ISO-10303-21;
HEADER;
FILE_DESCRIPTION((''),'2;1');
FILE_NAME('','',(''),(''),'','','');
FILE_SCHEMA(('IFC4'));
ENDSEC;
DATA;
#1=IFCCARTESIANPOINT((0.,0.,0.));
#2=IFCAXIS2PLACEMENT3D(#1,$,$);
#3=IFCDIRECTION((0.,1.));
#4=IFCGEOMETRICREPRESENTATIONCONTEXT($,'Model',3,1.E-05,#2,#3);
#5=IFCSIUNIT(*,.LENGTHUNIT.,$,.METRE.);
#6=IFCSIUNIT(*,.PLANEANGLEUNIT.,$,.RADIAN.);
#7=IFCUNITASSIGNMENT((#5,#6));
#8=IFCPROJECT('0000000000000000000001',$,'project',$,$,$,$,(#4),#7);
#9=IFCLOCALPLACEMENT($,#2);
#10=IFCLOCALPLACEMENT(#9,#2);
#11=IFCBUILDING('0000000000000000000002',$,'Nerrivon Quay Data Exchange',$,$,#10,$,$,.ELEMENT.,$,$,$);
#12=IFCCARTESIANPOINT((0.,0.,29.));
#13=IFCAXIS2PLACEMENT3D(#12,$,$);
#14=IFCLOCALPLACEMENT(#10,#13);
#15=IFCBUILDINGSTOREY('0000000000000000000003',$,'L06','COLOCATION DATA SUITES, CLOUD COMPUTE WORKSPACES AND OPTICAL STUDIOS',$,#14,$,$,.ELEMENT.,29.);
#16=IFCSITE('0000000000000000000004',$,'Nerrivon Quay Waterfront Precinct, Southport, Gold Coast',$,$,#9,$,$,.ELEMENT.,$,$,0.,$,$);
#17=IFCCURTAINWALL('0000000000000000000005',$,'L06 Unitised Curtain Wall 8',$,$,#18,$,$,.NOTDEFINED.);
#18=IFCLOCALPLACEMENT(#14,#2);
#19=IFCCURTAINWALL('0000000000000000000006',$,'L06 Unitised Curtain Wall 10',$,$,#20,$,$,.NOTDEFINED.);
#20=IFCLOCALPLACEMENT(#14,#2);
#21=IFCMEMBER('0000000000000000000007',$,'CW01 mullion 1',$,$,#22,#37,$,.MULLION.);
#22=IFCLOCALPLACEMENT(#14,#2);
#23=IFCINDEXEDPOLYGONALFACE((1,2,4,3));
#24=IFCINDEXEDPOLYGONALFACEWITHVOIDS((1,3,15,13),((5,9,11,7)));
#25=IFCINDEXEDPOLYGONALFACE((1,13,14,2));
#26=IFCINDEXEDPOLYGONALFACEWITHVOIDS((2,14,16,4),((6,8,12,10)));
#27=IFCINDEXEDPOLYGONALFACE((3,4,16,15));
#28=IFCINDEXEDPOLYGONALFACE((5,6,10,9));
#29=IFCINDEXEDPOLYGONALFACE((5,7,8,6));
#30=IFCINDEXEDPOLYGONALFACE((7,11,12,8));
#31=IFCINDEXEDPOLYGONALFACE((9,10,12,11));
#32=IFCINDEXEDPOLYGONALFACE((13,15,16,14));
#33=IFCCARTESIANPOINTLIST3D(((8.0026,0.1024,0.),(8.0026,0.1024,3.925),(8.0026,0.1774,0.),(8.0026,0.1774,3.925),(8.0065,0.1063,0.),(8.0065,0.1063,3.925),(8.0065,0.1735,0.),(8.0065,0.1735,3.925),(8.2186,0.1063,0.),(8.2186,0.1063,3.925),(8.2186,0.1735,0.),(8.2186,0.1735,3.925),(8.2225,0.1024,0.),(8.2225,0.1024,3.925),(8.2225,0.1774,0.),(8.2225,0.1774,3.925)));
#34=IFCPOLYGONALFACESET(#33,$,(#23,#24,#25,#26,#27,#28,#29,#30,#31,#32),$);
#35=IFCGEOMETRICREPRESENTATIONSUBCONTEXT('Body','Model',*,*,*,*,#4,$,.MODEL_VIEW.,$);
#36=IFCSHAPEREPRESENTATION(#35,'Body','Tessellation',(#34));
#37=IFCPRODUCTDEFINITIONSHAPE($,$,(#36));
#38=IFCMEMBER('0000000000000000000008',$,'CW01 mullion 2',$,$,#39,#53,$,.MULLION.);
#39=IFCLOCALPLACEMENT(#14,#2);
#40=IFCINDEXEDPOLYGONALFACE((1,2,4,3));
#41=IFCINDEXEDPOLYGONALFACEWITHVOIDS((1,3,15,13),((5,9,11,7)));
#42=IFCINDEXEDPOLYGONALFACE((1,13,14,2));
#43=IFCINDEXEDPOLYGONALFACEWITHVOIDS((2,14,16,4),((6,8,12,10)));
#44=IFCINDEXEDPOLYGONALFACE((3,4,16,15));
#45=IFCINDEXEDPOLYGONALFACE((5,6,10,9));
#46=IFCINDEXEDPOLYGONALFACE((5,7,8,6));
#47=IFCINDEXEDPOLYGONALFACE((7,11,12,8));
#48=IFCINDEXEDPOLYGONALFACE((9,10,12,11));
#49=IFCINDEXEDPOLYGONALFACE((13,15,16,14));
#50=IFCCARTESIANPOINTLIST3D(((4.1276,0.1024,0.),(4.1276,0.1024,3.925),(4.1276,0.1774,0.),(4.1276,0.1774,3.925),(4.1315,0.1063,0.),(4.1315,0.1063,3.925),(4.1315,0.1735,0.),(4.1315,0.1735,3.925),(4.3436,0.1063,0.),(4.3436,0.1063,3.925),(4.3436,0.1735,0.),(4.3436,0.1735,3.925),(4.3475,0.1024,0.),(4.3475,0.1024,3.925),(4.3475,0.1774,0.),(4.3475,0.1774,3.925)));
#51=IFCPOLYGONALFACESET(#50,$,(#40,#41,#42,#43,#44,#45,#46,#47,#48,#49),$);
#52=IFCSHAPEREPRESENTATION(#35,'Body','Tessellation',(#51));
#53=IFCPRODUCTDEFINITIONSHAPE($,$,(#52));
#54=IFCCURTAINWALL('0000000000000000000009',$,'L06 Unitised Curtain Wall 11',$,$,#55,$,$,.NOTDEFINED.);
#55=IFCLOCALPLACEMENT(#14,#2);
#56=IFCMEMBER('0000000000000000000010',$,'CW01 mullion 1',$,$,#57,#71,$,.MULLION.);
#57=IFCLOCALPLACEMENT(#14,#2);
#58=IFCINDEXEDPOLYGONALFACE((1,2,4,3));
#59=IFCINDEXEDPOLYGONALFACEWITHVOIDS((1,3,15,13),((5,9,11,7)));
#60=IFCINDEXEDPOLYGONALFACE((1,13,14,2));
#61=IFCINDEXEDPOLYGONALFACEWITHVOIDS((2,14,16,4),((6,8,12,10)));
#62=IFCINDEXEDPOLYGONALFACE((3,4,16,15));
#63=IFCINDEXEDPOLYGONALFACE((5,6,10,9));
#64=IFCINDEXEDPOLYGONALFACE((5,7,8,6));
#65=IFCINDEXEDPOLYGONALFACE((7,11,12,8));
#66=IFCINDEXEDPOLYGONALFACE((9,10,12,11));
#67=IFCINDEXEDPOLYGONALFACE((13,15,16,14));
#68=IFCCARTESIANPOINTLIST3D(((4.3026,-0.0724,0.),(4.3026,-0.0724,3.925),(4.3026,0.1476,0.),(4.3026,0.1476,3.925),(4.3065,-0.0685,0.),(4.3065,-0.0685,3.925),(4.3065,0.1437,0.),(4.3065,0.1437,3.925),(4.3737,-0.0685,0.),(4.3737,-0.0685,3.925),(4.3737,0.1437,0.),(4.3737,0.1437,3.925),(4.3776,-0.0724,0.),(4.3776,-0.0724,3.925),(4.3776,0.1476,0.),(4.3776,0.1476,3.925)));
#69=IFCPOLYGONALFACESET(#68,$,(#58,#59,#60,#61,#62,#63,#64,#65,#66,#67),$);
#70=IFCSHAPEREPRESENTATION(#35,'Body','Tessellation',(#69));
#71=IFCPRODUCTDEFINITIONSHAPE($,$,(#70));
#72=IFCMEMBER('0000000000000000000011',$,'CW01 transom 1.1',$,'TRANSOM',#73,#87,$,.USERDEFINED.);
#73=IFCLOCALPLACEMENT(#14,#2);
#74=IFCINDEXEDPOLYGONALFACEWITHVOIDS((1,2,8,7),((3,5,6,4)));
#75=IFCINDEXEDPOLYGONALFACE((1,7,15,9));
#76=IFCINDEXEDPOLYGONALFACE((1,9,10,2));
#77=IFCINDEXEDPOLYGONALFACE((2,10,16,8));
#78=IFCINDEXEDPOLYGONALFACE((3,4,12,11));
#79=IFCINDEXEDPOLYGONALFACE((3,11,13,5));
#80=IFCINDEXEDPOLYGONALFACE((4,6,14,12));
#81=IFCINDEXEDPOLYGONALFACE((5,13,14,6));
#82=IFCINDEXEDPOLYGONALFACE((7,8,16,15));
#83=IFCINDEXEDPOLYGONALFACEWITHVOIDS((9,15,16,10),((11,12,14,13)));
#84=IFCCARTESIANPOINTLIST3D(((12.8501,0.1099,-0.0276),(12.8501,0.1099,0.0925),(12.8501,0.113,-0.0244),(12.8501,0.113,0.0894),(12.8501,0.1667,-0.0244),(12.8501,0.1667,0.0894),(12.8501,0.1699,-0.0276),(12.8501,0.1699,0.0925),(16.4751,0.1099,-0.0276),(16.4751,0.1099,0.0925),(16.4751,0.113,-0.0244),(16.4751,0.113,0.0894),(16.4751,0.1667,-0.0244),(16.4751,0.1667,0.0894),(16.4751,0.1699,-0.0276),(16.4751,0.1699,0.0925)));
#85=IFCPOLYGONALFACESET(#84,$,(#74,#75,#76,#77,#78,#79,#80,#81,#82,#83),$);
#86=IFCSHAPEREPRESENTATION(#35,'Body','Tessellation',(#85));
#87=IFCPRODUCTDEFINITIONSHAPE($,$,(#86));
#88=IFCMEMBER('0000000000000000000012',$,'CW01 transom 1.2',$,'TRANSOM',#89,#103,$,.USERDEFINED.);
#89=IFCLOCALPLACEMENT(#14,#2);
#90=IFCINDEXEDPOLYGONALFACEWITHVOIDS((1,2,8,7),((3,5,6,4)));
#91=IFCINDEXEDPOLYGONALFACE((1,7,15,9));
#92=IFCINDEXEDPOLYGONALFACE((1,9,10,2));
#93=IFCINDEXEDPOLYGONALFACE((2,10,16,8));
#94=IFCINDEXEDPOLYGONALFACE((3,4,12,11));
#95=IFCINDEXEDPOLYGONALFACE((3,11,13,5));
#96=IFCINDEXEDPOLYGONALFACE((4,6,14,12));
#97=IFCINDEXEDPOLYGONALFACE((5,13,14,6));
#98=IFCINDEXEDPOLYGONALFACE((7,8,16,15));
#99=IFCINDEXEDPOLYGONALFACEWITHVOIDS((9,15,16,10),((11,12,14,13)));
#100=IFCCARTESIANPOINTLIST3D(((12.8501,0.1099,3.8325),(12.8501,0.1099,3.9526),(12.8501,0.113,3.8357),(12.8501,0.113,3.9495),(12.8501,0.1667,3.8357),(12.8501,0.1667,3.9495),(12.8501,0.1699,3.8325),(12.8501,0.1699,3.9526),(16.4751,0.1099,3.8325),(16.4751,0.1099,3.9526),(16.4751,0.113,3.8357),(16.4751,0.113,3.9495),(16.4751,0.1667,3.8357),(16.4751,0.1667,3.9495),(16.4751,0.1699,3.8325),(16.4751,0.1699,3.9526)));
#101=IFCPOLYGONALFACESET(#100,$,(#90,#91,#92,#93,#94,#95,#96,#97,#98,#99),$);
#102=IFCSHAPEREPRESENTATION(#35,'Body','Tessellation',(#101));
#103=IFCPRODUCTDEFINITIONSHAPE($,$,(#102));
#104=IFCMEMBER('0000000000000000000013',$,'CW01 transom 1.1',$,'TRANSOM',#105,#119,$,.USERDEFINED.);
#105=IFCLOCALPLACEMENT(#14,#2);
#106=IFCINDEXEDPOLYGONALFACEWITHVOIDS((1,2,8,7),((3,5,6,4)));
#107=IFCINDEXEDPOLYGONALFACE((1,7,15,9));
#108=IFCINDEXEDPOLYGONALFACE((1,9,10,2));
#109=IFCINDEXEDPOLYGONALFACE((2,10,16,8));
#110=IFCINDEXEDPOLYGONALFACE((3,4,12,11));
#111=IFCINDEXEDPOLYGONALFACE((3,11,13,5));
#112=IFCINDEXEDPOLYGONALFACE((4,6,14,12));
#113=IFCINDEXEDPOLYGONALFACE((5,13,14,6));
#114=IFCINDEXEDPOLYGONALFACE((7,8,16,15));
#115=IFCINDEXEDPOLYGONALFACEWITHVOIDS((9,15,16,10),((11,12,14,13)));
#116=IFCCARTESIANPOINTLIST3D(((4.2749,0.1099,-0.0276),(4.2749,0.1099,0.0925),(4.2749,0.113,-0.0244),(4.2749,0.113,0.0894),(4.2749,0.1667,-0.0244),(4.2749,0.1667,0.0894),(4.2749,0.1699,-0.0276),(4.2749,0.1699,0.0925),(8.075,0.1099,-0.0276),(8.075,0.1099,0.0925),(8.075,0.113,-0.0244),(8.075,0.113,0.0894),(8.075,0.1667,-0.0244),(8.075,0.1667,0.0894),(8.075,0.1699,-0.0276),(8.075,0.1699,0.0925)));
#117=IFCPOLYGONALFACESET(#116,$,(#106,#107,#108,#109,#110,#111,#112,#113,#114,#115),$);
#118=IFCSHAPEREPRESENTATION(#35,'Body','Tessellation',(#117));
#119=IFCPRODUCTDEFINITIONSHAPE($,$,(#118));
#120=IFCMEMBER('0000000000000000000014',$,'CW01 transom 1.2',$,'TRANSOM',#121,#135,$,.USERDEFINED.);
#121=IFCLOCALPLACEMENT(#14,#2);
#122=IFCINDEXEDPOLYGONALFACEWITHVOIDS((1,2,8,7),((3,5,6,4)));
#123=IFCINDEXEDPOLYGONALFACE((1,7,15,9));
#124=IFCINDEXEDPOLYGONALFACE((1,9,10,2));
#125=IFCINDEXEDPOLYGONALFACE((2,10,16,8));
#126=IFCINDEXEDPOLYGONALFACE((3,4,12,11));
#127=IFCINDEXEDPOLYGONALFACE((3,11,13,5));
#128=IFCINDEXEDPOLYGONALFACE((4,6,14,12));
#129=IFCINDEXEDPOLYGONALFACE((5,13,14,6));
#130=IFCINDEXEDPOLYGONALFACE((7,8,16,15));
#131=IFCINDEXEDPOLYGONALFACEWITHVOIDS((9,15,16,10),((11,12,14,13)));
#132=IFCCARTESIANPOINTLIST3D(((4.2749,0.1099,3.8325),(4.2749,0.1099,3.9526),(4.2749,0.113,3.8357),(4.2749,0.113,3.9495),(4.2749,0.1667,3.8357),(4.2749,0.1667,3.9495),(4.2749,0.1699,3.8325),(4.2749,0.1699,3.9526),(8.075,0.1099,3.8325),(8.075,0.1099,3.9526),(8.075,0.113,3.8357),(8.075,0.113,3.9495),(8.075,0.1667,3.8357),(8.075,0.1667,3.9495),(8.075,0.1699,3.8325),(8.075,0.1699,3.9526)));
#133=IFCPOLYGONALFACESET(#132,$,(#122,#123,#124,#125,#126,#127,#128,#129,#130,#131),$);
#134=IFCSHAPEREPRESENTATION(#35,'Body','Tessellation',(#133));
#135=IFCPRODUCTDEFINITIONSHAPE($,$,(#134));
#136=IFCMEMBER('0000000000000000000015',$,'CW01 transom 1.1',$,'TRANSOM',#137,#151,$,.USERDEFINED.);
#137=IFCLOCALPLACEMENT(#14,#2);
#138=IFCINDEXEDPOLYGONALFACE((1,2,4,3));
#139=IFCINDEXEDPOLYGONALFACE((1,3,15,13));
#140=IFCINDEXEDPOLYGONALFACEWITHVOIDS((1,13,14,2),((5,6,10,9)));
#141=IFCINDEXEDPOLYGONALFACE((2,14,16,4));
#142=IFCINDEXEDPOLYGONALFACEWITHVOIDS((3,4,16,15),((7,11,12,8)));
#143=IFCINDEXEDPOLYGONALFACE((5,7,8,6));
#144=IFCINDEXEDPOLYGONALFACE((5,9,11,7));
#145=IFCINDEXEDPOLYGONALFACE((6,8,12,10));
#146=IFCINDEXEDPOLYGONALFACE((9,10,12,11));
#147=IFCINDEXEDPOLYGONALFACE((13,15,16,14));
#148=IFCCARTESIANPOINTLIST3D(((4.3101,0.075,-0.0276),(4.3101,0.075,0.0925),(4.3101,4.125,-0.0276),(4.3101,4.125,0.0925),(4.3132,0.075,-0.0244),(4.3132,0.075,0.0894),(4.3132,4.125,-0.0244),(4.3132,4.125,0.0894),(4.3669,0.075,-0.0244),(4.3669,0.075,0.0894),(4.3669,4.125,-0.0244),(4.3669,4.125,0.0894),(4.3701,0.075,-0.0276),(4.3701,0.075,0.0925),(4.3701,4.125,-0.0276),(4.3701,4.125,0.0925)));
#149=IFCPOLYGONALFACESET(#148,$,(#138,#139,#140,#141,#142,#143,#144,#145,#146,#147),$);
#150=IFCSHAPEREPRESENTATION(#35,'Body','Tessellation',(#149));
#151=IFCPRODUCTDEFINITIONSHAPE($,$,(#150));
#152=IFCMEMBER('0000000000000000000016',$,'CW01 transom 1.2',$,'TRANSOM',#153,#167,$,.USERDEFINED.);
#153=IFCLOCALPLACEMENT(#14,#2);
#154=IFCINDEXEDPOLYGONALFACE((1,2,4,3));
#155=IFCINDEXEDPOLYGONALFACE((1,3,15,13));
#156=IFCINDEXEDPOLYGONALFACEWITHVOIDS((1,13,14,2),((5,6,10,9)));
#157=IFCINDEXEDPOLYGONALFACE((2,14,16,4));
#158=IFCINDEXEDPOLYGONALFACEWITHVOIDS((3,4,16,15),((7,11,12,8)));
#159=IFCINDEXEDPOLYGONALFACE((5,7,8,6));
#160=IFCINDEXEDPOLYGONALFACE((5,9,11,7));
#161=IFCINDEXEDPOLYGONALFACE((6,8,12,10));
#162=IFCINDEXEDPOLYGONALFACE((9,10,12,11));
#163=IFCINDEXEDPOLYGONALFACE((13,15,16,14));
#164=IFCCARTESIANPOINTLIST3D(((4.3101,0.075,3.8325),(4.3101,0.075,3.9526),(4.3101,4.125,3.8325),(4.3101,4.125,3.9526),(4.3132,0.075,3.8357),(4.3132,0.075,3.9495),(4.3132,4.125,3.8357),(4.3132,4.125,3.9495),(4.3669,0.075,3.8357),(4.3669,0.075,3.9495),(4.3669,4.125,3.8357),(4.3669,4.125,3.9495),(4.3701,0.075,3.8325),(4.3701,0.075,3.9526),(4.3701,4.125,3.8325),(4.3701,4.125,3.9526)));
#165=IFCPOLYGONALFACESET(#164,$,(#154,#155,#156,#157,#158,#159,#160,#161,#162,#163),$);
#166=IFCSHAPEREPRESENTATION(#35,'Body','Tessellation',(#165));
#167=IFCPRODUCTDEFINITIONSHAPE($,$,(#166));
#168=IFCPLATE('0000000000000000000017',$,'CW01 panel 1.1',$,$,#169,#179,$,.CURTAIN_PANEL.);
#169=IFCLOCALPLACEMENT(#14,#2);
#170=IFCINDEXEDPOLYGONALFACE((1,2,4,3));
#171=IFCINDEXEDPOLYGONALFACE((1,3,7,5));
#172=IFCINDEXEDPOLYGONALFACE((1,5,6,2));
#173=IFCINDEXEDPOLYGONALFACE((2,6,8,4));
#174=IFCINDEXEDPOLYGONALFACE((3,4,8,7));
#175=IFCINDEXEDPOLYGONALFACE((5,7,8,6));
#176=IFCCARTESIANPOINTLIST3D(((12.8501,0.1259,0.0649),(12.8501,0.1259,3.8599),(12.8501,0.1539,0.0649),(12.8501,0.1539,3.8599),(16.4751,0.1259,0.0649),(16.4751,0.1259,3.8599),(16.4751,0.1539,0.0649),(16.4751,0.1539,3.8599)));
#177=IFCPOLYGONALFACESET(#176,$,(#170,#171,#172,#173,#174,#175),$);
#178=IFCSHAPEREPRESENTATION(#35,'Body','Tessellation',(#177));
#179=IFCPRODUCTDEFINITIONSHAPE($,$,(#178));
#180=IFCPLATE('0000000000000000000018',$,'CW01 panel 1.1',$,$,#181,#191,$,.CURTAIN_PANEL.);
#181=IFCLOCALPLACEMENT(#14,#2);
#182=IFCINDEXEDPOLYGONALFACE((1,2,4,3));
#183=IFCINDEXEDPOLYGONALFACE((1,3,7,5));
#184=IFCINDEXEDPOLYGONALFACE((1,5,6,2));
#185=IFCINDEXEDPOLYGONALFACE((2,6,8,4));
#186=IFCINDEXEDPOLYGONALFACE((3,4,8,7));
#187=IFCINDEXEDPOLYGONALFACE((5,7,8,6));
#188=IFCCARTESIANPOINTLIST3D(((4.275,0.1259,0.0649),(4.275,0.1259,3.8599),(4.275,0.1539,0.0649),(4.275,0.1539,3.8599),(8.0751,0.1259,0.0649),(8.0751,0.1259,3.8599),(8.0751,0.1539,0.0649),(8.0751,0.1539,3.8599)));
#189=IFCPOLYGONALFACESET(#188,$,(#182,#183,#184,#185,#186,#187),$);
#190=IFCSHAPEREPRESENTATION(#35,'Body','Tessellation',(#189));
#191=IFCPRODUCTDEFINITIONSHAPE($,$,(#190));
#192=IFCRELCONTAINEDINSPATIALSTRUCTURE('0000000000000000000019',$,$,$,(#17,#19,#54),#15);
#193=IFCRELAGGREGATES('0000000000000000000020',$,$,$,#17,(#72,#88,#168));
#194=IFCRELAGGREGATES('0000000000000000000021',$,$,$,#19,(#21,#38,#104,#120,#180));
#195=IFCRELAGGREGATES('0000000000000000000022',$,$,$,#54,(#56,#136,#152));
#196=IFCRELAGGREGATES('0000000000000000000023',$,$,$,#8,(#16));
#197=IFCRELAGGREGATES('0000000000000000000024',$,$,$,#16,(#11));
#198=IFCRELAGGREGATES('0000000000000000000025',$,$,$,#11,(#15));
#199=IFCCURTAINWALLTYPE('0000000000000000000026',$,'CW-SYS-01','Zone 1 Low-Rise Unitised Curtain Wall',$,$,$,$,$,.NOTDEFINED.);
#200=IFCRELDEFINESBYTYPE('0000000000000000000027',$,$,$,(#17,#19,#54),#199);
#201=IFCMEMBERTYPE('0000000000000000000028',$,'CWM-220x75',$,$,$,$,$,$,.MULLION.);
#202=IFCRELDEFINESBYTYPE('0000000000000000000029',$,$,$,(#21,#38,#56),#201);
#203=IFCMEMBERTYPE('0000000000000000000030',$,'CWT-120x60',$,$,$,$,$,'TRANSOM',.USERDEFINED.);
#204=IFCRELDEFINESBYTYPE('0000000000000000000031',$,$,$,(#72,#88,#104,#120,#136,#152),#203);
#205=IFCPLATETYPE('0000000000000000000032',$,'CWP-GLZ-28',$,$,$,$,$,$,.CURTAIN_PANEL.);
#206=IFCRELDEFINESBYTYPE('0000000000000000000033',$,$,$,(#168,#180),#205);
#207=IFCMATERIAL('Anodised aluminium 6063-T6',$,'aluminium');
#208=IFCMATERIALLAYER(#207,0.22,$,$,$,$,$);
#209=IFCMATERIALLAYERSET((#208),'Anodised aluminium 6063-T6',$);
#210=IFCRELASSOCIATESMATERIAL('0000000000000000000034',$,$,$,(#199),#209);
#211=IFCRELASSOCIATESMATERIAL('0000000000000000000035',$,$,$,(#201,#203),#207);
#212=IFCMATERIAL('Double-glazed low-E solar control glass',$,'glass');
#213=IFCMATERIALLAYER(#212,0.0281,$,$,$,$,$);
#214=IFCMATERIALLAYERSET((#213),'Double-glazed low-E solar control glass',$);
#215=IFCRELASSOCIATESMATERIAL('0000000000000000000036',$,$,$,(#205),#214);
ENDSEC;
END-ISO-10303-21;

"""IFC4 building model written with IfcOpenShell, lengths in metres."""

from ifc_helpers import new_model, si_unit, direction, frame, origin, origin_2d, place, context, subcontext, project, spatial, rectangle, hollow_rectangle, extrude, material, layer, layer_set, material_profile, profile_set, type_object, element, aggregate, save


model = new_model("IFC4")

# Units and contexts
model_context = context("Model", 3, precision=1e-05, world=origin(), true_north=direction((0.0, 1.0)))
body_context = subcontext(model_context, "Body", "Model", "MODEL_VIEW")
ifc_project = project(units=[si_unit("LENGTHUNIT", "METRE"), si_unit("PLANEANGLEUNIT", "RADIAN")], contexts=[model_context])

# Site, building, storey
site_placement = place(None, origin())
site = spatial("IfcSite", under=ifc_project, at=site_placement, Name="Nerrivon Quay Waterfront Precinct, Southport, Gold Coast", CompositionType="ELEMENT", RefElevation=0.0)
building_placement = place(site_placement, origin())
building = spatial("IfcBuilding", under=site, at=building_placement, Name="Nerrivon Quay Data Exchange", CompositionType="ELEMENT")
storey_placement = place(building_placement, frame((0.0, 0.0, 29.0)))
storey = spatial("IfcBuildingStorey", under=building, at=storey_placement, Name="L06", Description="COLOCATION DATA SUITES, CLOUD COMPUTE WORKSPACES AND OPTICAL STUDIOS", CompositionType="ELEMENT", Elevation=29.0)

# Curtain walls, members
ifc_material_1 = material(Name="Anodised aluminium 6063-T6", Category="aluminium")
ifc_layer_1 = layer(ifc_material_1, 0.22)
ifc_layer_set_1 = layer_set([ifc_layer_1], Name="Anodised aluminium 6063-T6")
curtain_wall_type = type_object("IfcCurtainWallType", Name="CW-SYS-01", Description="Zone 1 Low-Rise Unitised Curtain Wall", PredefinedType="NOTDEFINED", material=ifc_layer_set_1)
curtain_wall_1_placement = place(storey_placement, origin())
curtain_wall_1 = element("IfcCurtainWall", 1, at=curtain_wall_1_placement, inside=storey, type_object=curtain_wall_type, Name="L06 Unitised Curtain Wall 8", PredefinedType="NOTDEFINED")
ifc_material_profile_1 = material_profile(ifc_material_1, hollow_rectangle(XDim=0.075, YDim=0.22, WallThickness=0.0039, at=origin_2d()), Name="ALU-MULL-220x75")
ifc_profile_set_1 = profile_set([ifc_material_profile_1], Name="Anodised aluminium 6063-T6")
member_type_1 = type_object("IfcMemberType", Name="CWM-220x75", PredefinedType="MULLION", material=ifc_profile_set_1)
curtain_wall_2_placement = place(storey_placement, origin())
curtain_wall_2 = element("IfcCurtainWall", 2, at=curtain_wall_2_placement, inside=storey, type_object=curtain_wall_type, Name="L06 Unitised Curtain Wall 10", PredefinedType="NOTDEFINED")
member_1_placement = place(storey_placement, frame((8.1125, 0.1399, 0.0), z_axis=(0.0, 0.0, 1.0), x_axis=(0.0, -1.0, 0.0)))
member_1 = element("IfcMember", 3, at=member_1_placement, type_object=member_type_1, Name="CW01 mullion 1", PredefinedType="MULLION", context=body_context, shape_type="SweptSolid", body=[
    extrude(hollow_rectangle(XDim=0.075, YDim=0.22, WallThickness=0.0039, at=origin_2d()), origin(), (0.0, 0.0, 1.0), 3.925),
])
member_2_placement = place(storey_placement, frame((4.2375, 0.1399, 0.0), z_axis=(0.0, 0.0, 1.0), x_axis=(0.0, -1.0, 0.0)))
member_2 = element("IfcMember", 4, at=member_2_placement, type_object=member_type_1, Name="CW01 mullion 2", PredefinedType="MULLION", context=body_context, shape_type="SweptSolid", body=[
    extrude(hollow_rectangle(XDim=0.075, YDim=0.22, WallThickness=0.0039, at=origin_2d()), origin(), (0.0, 0.0, 1.0), 3.925),
])

# Curtain wall, member
curtain_wall_3_placement = place(storey_placement, origin())
curtain_wall_3 = element("IfcCurtainWall", 5, at=curtain_wall_3_placement, inside=storey, type_object=curtain_wall_type, Name="L06 Unitised Curtain Wall 11", PredefinedType="NOTDEFINED")
member_3_placement = place(storey_placement, frame((4.3401, 0.0376, 0.0), z_axis=(0.0, 0.0, 1.0), x_axis=(-1.0, 0.0, 0.0)))
member_3 = element("IfcMember", 6, at=member_3_placement, type_object=member_type_1, Name="CW01 mullion 1", PredefinedType="MULLION", context=body_context, shape_type="SweptSolid", body=[
    extrude(hollow_rectangle(XDim=0.075, YDim=0.22, WallThickness=0.0039, at=origin_2d()), origin(), (0.0, 0.0, 1.0), 3.925),
])

# Members
ifc_material_profile_2 = material_profile(ifc_material_1, hollow_rectangle(XDim=0.0601, YDim=0.1201, WallThickness=0.0032, at=origin_2d()), Name="ALU-TRAN-120x60")
ifc_profile_set_2 = profile_set([ifc_material_profile_2], Name="Anodised aluminium 6063-T6")
member_type_2 = type_object("IfcMemberType", Name="CWT-120x60", ElementType="TRANSOM", PredefinedType="USERDEFINED", material=ifc_profile_set_2)
member_4_placement = place(storey_placement, frame((16.4751, 0.1399, 0.0325), z_axis=(-1.0, 0.0, 0.0), x_axis=(0.0, -1.0, 0.0)))
member_4 = element("IfcMember", 7, at=member_4_placement, type_object=member_type_2, Name="CW01 transom 1.1", ObjectType="TRANSOM", PredefinedType="USERDEFINED", context=body_context, shape_type="SweptSolid", body=[
    extrude(hollow_rectangle(XDim=0.0601, YDim=0.1201, WallThickness=0.0032, at=origin_2d()), origin(), (0.0, 0.0, 1.0), 3.625),
])
member_5_placement = place(storey_placement, frame((16.4751, 0.1399, 3.8926), z_axis=(-1.0, 0.0, 0.0), x_axis=(0.0, -1.0, 0.0)))
member_5 = element("IfcMember", 8, at=member_5_placement, type_object=member_type_2, Name="CW01 transom 1.2", ObjectType="TRANSOM", PredefinedType="USERDEFINED", context=body_context, shape_type="SweptSolid", body=[
    extrude(hollow_rectangle(XDim=0.0601, YDim=0.1201, WallThickness=0.0032, at=origin_2d()), origin(), (0.0, 0.0, 1.0), 3.625),
])
member_6_placement = place(storey_placement, frame((8.075, 0.1399, 0.0325), z_axis=(-1.0, 0.0, 0.0), x_axis=(0.0, -1.0, 0.0)))
member_6 = element("IfcMember", 9, at=member_6_placement, type_object=member_type_2, Name="CW01 transom 1.1", ObjectType="TRANSOM", PredefinedType="USERDEFINED", context=body_context, shape_type="SweptSolid", body=[
    extrude(hollow_rectangle(XDim=0.0601, YDim=0.1201, WallThickness=0.0032, at=origin_2d()), origin(), (0.0, 0.0, 1.0), 3.8),
])
member_7_placement = place(storey_placement, frame((8.075, 0.1399, 3.8926), z_axis=(-1.0, 0.0, 0.0), x_axis=(0.0, -1.0, 0.0)))
member_7 = element("IfcMember", 10, at=member_7_placement, type_object=member_type_2, Name="CW01 transom 1.2", ObjectType="TRANSOM", PredefinedType="USERDEFINED", context=body_context, shape_type="SweptSolid", body=[
    extrude(hollow_rectangle(XDim=0.0601, YDim=0.1201, WallThickness=0.0032, at=origin_2d()), origin(), (0.0, 0.0, 1.0), 3.8),
])
member_8_placement = place(storey_placement, frame((4.3401, 0.075, 0.0325), z_axis=(0.0, 1.0, 0.0), x_axis=(-1.0, 0.0, 0.0)))
member_8 = element("IfcMember", 11, at=member_8_placement, type_object=member_type_2, Name="CW01 transom 1.1", ObjectType="TRANSOM", PredefinedType="USERDEFINED", context=body_context, shape_type="SweptSolid", body=[
    extrude(hollow_rectangle(XDim=0.0601, YDim=0.1201, WallThickness=0.0032, at=origin_2d()), origin(), (0.0, 0.0, 1.0), 4.05),
])
member_9_placement = place(storey_placement, frame((4.3401, 0.075, 3.8926), z_axis=(0.0, 1.0, 0.0), x_axis=(-1.0, 0.0, 0.0)))
member_9 = element("IfcMember", 12, at=member_9_placement, type_object=member_type_2, Name="CW01 transom 1.2", ObjectType="TRANSOM", PredefinedType="USERDEFINED", context=body_context, shape_type="SweptSolid", body=[
    extrude(hollow_rectangle(XDim=0.0601, YDim=0.1201, WallThickness=0.0032, at=origin_2d()), origin(), (0.0, 0.0, 1.0), 4.05),
])

# Plates
ifc_material_2 = material(Name="Double-glazed low-E solar control glass", Category="glass")
ifc_layer_2 = layer(ifc_material_2, 0.0281)
ifc_layer_set_2 = layer_set([ifc_layer_2], Name="Double-glazed low-E solar control glass")
plate_type = type_object("IfcPlateType", Name="CWP-GLZ-28", PredefinedType="CURTAIN_PANEL", material=ifc_layer_set_2)
plate_1_placement = place(storey_placement, frame((14.6626, 0.1399, 0.0649), z_axis=(0.0, 0.0, 1.0), x_axis=(-1.0, 0.0, 0.0)))
plate_1 = element("IfcPlate", 13, at=plate_1_placement, type_object=plate_type, Name="CW01 panel 1.1", PredefinedType="CURTAIN_PANEL", context=body_context, shape_type="SweptSolid", body=[
    extrude(rectangle(XDim=3.625, YDim=0.0281, at=origin_2d()), origin(), (0.0, 0.0, 1.0), 3.7949),
])
aggregate(curtain_wall_1, [member_4, member_5, plate_1])
plate_2_placement = place(storey_placement, frame((6.175, 0.1399, 0.0649), z_axis=(0.0, 0.0, 1.0), x_axis=(-1.0, 0.0, 0.0)))
plate_2 = element("IfcPlate", 14, at=plate_2_placement, type_object=plate_type, Name="CW01 panel 1.1", PredefinedType="CURTAIN_PANEL", context=body_context, shape_type="SweptSolid", body=[
    extrude(rectangle(XDim=3.8, YDim=0.0281, at=origin_2d()), origin(), (0.0, 0.0, 1.0), 3.7949),
])
aggregate(curtain_wall_2, [member_1, member_2, member_6, member_7, plate_2])
aggregate(curtain_wall_3, [member_3, member_8, member_9])

save(model, "model.ifc")
